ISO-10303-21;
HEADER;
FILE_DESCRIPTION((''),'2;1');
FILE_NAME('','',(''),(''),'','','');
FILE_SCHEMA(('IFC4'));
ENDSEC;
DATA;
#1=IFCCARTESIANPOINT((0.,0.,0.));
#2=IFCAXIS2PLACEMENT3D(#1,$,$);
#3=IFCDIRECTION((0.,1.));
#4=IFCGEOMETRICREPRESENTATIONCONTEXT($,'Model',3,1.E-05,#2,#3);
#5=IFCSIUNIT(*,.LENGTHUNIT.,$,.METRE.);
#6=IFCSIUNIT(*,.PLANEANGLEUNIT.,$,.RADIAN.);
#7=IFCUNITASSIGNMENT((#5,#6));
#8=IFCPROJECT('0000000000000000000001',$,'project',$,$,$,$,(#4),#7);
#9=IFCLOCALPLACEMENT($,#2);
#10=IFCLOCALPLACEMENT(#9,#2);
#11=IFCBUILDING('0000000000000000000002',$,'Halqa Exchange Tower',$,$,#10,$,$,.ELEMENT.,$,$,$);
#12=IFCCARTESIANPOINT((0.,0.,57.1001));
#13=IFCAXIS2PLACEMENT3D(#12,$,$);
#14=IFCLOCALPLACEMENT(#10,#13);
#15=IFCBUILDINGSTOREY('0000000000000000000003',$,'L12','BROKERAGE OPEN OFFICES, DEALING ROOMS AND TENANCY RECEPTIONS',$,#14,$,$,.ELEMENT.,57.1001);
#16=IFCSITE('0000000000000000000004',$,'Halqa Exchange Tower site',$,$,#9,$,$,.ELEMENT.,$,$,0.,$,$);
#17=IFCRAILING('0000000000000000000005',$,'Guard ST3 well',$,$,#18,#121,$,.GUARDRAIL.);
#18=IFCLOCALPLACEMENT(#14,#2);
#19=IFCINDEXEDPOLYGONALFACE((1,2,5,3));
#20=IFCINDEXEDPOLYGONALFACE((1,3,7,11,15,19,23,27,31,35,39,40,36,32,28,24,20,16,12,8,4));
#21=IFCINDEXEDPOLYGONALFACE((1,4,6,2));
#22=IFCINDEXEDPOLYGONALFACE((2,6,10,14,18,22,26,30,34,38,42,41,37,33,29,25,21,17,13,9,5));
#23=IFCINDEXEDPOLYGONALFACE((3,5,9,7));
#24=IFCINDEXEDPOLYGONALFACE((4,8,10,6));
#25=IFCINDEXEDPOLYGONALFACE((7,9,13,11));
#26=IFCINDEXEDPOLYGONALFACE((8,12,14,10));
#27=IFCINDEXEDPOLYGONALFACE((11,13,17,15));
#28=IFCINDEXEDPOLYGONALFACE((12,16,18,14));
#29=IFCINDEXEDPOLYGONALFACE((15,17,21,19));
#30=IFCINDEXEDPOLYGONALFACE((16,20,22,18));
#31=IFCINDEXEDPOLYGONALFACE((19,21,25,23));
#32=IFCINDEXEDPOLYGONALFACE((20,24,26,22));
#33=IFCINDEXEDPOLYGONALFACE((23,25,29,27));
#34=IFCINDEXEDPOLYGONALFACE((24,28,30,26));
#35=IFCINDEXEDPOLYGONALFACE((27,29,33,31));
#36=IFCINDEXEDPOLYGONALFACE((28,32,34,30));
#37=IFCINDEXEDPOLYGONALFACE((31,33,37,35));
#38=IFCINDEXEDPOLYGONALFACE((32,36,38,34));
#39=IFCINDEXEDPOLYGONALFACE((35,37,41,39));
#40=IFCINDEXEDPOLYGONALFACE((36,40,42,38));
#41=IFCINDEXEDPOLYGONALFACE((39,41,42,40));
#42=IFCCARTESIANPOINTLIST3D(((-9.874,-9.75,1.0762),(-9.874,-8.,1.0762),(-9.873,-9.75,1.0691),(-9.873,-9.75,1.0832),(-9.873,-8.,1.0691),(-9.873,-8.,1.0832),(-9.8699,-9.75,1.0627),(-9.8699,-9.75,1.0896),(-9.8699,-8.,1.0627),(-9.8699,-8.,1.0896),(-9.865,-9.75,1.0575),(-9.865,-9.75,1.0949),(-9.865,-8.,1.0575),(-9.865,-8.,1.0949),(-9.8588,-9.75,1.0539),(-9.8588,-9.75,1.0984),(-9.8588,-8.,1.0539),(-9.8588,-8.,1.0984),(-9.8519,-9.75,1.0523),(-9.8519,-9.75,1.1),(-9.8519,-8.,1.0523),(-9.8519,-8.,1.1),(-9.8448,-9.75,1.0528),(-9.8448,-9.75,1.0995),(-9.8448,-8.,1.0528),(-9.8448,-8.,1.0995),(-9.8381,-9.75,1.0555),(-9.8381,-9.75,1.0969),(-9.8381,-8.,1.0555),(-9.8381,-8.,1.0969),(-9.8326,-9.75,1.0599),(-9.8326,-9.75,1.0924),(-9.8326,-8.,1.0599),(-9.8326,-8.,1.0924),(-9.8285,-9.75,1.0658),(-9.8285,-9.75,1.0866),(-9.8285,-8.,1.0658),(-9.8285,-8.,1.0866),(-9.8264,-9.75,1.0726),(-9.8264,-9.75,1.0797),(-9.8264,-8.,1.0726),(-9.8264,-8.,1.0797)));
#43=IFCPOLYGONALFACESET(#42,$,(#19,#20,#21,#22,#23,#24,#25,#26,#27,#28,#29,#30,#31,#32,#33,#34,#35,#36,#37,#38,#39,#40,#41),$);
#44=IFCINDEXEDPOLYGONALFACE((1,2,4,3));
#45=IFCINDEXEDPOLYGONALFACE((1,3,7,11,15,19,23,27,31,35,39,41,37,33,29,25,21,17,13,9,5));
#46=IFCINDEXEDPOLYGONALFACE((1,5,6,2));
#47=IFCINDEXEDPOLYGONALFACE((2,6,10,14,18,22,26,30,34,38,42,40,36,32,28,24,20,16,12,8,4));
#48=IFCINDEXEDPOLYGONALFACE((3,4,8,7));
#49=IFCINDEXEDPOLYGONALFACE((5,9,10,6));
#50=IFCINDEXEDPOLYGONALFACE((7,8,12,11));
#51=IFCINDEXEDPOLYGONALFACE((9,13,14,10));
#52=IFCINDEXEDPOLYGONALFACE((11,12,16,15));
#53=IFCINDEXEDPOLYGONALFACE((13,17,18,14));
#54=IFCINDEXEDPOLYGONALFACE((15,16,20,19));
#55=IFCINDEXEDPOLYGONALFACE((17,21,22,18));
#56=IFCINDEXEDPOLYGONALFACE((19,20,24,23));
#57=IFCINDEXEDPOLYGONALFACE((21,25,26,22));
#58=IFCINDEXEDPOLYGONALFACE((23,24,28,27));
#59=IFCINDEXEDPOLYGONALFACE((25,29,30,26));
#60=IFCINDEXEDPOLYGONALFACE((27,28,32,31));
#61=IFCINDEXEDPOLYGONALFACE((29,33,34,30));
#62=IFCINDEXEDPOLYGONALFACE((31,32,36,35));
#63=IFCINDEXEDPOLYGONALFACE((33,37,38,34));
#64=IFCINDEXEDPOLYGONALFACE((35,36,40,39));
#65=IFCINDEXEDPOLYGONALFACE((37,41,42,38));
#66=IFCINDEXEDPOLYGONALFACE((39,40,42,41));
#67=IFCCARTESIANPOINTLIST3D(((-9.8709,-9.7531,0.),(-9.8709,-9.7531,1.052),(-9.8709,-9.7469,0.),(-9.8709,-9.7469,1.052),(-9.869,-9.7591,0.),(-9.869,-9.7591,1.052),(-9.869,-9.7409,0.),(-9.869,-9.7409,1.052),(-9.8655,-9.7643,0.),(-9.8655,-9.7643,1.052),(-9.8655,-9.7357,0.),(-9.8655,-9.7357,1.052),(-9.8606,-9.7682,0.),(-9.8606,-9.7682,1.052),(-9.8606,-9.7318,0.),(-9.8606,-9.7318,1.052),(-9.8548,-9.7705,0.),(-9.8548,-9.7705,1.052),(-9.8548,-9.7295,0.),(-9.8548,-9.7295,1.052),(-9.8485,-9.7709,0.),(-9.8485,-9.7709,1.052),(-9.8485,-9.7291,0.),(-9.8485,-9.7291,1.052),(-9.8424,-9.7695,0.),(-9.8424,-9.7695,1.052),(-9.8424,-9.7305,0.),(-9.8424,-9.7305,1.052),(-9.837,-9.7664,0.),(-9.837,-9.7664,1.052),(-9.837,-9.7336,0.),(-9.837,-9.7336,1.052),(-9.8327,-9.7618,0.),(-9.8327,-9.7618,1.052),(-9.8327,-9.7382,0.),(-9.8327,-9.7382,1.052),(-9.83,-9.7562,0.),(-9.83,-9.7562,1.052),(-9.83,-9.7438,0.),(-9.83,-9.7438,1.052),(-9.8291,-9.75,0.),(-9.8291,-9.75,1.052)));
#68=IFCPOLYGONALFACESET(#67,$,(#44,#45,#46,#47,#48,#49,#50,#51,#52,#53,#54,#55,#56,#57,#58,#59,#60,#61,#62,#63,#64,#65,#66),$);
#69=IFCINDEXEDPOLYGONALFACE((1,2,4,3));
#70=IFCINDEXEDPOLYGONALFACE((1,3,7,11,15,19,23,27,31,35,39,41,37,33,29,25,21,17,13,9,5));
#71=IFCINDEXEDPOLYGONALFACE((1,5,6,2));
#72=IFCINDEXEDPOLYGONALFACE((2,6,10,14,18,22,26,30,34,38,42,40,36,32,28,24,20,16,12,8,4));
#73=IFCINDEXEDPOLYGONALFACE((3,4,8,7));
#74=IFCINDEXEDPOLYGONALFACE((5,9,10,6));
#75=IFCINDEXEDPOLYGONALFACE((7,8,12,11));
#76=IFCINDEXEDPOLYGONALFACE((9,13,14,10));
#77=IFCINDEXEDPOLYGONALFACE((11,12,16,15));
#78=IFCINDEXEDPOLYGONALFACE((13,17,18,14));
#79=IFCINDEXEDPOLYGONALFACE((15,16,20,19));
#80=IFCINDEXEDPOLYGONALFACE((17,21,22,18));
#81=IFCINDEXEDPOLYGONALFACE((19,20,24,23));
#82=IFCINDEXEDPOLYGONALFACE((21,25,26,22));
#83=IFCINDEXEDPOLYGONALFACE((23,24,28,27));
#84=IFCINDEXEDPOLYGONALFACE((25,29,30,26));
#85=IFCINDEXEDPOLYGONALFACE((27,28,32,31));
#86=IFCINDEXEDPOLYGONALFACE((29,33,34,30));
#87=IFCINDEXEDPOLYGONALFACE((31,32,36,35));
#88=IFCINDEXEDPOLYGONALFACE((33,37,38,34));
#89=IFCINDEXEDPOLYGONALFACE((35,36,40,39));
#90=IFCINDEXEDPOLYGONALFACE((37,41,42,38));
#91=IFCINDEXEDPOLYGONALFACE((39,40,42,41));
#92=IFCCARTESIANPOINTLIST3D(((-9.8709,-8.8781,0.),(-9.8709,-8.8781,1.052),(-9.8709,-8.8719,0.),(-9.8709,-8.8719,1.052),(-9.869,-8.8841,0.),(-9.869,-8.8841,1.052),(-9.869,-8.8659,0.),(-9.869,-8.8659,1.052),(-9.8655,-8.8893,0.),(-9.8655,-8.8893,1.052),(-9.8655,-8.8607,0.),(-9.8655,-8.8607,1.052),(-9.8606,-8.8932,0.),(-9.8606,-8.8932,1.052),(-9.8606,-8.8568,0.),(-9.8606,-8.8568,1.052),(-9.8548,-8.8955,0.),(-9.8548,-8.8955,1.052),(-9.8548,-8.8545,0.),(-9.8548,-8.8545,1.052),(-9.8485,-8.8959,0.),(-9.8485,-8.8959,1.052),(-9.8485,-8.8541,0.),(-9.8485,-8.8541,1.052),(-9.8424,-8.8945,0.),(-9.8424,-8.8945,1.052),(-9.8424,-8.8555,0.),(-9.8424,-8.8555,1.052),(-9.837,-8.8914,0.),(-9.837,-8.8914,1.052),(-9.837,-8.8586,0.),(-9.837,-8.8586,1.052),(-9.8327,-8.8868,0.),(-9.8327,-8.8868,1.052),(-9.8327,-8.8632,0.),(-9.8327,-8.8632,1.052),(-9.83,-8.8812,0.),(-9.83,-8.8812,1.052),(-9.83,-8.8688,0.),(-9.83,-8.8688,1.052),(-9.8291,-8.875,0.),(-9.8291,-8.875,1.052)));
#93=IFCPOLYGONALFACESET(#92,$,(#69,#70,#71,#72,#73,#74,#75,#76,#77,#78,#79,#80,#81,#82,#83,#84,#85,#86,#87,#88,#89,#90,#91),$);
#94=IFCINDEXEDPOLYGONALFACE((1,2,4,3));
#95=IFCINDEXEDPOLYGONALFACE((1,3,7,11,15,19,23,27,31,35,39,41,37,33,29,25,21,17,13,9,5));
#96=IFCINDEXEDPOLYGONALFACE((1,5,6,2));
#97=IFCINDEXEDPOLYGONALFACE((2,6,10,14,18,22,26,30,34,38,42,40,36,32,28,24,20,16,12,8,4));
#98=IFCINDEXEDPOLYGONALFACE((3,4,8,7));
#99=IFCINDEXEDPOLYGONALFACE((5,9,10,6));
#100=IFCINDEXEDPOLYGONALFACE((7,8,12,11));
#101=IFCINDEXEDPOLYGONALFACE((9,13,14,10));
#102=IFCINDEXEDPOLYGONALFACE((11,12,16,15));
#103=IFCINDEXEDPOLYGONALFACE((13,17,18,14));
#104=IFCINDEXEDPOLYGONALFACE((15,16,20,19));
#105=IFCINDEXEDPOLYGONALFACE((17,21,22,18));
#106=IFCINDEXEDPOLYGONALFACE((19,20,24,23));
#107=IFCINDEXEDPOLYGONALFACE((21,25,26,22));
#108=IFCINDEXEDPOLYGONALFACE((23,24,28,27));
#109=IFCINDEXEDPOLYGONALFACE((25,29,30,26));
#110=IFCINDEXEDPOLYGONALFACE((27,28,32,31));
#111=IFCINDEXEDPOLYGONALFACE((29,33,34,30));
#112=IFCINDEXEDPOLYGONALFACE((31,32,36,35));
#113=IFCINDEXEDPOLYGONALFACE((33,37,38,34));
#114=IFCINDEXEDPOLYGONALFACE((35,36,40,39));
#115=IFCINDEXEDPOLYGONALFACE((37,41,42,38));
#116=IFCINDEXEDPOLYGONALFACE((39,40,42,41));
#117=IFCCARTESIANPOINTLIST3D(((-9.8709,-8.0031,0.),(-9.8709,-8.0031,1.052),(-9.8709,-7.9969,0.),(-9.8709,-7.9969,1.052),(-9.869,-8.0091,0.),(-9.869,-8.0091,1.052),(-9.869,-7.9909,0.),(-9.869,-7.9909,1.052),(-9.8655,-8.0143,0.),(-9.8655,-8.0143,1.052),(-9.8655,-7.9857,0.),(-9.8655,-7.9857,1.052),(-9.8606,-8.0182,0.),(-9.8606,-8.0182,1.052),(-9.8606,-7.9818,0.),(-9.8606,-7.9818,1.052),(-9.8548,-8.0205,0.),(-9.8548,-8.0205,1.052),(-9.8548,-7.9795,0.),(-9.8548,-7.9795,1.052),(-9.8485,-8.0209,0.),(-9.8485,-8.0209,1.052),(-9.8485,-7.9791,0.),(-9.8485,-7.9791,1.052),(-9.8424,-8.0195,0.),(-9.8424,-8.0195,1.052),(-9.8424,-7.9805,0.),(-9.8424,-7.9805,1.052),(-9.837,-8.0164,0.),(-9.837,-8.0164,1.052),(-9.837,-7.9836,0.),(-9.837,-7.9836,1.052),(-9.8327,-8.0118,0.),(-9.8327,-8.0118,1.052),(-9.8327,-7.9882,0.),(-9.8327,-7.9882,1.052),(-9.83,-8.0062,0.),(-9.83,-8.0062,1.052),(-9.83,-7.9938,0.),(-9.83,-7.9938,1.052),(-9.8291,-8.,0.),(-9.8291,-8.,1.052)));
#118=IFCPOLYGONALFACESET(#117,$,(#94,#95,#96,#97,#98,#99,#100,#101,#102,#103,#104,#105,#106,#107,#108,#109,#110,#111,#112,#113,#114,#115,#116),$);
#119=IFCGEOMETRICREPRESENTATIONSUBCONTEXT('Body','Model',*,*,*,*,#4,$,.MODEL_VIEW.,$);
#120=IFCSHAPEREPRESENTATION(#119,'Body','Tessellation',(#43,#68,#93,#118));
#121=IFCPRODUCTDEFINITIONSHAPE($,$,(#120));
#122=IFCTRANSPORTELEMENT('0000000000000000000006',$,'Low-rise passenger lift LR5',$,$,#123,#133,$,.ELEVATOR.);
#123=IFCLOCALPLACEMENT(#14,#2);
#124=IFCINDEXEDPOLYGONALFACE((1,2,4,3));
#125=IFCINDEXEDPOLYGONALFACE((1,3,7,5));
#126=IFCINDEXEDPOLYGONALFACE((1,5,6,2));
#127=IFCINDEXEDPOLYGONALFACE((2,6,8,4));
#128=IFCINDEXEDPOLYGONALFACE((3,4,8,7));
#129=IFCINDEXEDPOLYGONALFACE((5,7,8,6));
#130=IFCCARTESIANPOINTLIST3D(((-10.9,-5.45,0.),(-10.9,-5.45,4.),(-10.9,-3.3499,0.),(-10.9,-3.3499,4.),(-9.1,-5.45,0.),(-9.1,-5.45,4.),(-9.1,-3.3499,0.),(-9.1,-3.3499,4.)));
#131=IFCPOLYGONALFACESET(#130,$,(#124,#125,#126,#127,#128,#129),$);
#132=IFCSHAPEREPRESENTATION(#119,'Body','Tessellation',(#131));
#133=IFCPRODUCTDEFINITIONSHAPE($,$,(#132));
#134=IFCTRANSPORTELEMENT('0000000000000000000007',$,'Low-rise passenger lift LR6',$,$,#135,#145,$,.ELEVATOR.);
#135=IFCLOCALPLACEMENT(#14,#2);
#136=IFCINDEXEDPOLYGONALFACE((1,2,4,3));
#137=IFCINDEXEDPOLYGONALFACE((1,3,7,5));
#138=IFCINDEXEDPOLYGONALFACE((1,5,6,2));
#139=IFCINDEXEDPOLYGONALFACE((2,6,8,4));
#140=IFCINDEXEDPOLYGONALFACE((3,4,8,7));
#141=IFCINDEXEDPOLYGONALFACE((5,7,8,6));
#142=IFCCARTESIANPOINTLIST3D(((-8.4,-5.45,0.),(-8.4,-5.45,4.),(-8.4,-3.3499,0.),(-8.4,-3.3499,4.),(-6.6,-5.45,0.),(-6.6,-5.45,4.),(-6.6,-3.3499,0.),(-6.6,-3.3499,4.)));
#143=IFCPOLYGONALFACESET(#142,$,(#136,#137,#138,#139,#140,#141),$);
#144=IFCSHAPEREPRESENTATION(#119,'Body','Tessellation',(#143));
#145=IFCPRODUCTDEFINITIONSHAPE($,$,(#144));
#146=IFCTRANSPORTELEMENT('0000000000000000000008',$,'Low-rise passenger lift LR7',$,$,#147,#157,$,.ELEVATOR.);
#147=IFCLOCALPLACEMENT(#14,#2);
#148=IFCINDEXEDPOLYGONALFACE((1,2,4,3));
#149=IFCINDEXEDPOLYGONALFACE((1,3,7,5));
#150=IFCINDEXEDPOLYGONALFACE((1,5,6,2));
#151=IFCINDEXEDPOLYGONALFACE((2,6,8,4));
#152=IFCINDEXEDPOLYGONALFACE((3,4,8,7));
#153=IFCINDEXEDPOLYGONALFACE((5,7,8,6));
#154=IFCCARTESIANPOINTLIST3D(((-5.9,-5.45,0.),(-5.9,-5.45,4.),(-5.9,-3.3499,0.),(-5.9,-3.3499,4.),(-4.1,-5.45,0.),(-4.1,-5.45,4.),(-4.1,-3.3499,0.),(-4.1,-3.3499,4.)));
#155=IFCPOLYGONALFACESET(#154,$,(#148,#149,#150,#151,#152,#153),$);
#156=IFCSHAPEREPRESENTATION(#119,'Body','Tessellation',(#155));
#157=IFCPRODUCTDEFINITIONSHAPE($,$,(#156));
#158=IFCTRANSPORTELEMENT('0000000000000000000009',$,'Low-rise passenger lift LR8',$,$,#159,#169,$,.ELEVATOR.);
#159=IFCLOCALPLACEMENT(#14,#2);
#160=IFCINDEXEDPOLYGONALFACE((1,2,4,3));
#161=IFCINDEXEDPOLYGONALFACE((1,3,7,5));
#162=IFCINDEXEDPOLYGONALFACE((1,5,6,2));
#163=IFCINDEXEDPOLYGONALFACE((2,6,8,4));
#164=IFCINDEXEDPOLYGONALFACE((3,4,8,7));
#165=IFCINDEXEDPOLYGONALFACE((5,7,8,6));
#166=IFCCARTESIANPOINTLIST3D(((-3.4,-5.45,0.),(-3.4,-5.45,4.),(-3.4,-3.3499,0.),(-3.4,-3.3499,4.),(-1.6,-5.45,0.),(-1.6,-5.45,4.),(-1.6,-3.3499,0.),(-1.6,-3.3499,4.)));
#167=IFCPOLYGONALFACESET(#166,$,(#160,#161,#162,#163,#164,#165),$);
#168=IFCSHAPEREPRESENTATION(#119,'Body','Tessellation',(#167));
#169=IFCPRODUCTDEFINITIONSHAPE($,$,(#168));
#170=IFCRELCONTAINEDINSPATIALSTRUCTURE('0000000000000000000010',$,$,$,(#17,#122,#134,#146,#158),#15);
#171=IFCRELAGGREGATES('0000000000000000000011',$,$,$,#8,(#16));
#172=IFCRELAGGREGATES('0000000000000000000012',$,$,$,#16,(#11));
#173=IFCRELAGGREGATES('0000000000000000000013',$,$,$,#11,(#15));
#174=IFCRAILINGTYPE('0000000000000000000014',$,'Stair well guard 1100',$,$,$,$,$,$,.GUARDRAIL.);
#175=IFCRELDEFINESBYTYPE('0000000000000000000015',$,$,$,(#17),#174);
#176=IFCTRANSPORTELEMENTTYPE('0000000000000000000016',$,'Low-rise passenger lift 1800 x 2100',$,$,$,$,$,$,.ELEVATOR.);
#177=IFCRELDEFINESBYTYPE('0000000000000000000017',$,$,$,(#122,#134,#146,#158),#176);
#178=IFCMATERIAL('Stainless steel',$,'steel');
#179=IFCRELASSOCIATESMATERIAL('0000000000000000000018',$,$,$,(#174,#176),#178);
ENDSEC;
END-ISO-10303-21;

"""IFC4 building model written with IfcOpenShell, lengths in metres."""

from ifc_helpers import new_model, si_unit, direction, frame, origin, origin_2d, place, context, subcontext, project, spatial, rectangle, circle, extrude, material, type_object, element, save


model = new_model("IFC4")

# Units and contexts
model_context = context("Model", 3, precision=1e-05, world=origin(), true_north=direction((0.0, 1.0)))
body_context = subcontext(model_context, "Body", "Model", "MODEL_VIEW")
ifc_project = project(units=[si_unit("LENGTHUNIT", "METRE"), si_unit("PLANEANGLEUNIT", "RADIAN")], contexts=[model_context])

# Site, building, storey
site_placement = place(None, origin())
site = spatial("IfcSite", under=ifc_project, at=site_placement, Name="Halqa Exchange Tower site", CompositionType="ELEMENT", RefElevation=0.0)
building_placement = place(site_placement, origin())
building = spatial("IfcBuilding", under=site, at=building_placement, Name="Halqa Exchange Tower", CompositionType="ELEMENT")
storey_placement = place(building_placement, frame((0.0, 0.0, 57.1001)))
storey = spatial("IfcBuildingStorey", under=building, at=storey_placement, Name="L12", Description="BROKERAGE OPEN OFFICES, DEALING ROOMS AND TENANCY RECEPTIONS", CompositionType="ELEMENT", Elevation=57.1001)

# Shared definitions
ifc_material_1 = material(Name="Stainless steel", Category="steel")

# Railing
railing_type_1 = type_object("IfcRailingType", Name="Stair well guard 1100", PredefinedType="GUARDRAIL", material=ifc_material_1)
railing_1_placement = place(storey_placement, frame((-9.8501, -9.75, 0.0)))
element("IfcRailing", 1, at=railing_1_placement, inside=storey, type_object=railing_type_1, Name="Guard ST3 well", PredefinedType="GUARDRAIL", context=body_context, shape_type="SweptSolid", body=[
    extrude(circle(Radius=0.0239, at=origin_2d()), frame((0.0, 0.0, 1.0762), z_axis=(0.0, 1.0, 0.0), x_axis=(-1.0, 0.0, 0.0)), (0.0, 0.0, 1.0), 1.75),
    extrude(circle(Radius=0.021, at=origin_2d()), origin(), (0.0, 0.0, 1.0), 1.052),
    extrude(circle(Radius=0.021, at=origin_2d()), frame((0.0, 0.875, 0.0)), (0.0, 0.0, 1.0), 1.052),
    extrude(circle(Radius=0.021, at=origin_2d()), frame((0.0, 1.75, 0.0)), (0.0, 0.0, 1.0), 1.052),
])

# Transport elements
transport_element_type = type_object("IfcTransportElementType", Name="Low-rise passenger lift 1800 x 2100", PredefinedType="ELEVATOR", material=ifc_material_1)
for number, where, z_axis, x_axis, name in (
    (2, (-10.0, -4.3999, 0.0), (0.0, 0.0, 1.0), (1.0, 0.0, 0.0), "Low-rise passenger lift LR5"),
    (3, (-7.5, -4.3999, 0.0), (0.0, 0.0, 1.0), (1.0, 0.0, 0.0), "Low-rise passenger lift LR6"),
    (4, (-5.0, -4.3999, 0.0), (0.0, 0.0, 1.0), (1.0, 0.0, 0.0), "Low-rise passenger lift LR7"),
    (5, (-2.5, -4.3999, 0.0), (0.0, 0.0, 1.0), (1.0, 0.0, 0.0), "Low-rise passenger lift LR8"),
):
    element("IfcTransportElement", number, at=place(storey_placement, frame(where, z_axis=z_axis, x_axis=x_axis)), inside=storey, type_object=transport_element_type, Name=name, PredefinedType="ELEVATOR", context=body_context, shape_type="SweptSolid", body=[
        extrude(rectangle(XDim=1.8, YDim=2.1001, at=origin_2d()), origin(), (0.0, 0.0, 1.0), 4.0),
    ])

save(model, "model.ifc")
